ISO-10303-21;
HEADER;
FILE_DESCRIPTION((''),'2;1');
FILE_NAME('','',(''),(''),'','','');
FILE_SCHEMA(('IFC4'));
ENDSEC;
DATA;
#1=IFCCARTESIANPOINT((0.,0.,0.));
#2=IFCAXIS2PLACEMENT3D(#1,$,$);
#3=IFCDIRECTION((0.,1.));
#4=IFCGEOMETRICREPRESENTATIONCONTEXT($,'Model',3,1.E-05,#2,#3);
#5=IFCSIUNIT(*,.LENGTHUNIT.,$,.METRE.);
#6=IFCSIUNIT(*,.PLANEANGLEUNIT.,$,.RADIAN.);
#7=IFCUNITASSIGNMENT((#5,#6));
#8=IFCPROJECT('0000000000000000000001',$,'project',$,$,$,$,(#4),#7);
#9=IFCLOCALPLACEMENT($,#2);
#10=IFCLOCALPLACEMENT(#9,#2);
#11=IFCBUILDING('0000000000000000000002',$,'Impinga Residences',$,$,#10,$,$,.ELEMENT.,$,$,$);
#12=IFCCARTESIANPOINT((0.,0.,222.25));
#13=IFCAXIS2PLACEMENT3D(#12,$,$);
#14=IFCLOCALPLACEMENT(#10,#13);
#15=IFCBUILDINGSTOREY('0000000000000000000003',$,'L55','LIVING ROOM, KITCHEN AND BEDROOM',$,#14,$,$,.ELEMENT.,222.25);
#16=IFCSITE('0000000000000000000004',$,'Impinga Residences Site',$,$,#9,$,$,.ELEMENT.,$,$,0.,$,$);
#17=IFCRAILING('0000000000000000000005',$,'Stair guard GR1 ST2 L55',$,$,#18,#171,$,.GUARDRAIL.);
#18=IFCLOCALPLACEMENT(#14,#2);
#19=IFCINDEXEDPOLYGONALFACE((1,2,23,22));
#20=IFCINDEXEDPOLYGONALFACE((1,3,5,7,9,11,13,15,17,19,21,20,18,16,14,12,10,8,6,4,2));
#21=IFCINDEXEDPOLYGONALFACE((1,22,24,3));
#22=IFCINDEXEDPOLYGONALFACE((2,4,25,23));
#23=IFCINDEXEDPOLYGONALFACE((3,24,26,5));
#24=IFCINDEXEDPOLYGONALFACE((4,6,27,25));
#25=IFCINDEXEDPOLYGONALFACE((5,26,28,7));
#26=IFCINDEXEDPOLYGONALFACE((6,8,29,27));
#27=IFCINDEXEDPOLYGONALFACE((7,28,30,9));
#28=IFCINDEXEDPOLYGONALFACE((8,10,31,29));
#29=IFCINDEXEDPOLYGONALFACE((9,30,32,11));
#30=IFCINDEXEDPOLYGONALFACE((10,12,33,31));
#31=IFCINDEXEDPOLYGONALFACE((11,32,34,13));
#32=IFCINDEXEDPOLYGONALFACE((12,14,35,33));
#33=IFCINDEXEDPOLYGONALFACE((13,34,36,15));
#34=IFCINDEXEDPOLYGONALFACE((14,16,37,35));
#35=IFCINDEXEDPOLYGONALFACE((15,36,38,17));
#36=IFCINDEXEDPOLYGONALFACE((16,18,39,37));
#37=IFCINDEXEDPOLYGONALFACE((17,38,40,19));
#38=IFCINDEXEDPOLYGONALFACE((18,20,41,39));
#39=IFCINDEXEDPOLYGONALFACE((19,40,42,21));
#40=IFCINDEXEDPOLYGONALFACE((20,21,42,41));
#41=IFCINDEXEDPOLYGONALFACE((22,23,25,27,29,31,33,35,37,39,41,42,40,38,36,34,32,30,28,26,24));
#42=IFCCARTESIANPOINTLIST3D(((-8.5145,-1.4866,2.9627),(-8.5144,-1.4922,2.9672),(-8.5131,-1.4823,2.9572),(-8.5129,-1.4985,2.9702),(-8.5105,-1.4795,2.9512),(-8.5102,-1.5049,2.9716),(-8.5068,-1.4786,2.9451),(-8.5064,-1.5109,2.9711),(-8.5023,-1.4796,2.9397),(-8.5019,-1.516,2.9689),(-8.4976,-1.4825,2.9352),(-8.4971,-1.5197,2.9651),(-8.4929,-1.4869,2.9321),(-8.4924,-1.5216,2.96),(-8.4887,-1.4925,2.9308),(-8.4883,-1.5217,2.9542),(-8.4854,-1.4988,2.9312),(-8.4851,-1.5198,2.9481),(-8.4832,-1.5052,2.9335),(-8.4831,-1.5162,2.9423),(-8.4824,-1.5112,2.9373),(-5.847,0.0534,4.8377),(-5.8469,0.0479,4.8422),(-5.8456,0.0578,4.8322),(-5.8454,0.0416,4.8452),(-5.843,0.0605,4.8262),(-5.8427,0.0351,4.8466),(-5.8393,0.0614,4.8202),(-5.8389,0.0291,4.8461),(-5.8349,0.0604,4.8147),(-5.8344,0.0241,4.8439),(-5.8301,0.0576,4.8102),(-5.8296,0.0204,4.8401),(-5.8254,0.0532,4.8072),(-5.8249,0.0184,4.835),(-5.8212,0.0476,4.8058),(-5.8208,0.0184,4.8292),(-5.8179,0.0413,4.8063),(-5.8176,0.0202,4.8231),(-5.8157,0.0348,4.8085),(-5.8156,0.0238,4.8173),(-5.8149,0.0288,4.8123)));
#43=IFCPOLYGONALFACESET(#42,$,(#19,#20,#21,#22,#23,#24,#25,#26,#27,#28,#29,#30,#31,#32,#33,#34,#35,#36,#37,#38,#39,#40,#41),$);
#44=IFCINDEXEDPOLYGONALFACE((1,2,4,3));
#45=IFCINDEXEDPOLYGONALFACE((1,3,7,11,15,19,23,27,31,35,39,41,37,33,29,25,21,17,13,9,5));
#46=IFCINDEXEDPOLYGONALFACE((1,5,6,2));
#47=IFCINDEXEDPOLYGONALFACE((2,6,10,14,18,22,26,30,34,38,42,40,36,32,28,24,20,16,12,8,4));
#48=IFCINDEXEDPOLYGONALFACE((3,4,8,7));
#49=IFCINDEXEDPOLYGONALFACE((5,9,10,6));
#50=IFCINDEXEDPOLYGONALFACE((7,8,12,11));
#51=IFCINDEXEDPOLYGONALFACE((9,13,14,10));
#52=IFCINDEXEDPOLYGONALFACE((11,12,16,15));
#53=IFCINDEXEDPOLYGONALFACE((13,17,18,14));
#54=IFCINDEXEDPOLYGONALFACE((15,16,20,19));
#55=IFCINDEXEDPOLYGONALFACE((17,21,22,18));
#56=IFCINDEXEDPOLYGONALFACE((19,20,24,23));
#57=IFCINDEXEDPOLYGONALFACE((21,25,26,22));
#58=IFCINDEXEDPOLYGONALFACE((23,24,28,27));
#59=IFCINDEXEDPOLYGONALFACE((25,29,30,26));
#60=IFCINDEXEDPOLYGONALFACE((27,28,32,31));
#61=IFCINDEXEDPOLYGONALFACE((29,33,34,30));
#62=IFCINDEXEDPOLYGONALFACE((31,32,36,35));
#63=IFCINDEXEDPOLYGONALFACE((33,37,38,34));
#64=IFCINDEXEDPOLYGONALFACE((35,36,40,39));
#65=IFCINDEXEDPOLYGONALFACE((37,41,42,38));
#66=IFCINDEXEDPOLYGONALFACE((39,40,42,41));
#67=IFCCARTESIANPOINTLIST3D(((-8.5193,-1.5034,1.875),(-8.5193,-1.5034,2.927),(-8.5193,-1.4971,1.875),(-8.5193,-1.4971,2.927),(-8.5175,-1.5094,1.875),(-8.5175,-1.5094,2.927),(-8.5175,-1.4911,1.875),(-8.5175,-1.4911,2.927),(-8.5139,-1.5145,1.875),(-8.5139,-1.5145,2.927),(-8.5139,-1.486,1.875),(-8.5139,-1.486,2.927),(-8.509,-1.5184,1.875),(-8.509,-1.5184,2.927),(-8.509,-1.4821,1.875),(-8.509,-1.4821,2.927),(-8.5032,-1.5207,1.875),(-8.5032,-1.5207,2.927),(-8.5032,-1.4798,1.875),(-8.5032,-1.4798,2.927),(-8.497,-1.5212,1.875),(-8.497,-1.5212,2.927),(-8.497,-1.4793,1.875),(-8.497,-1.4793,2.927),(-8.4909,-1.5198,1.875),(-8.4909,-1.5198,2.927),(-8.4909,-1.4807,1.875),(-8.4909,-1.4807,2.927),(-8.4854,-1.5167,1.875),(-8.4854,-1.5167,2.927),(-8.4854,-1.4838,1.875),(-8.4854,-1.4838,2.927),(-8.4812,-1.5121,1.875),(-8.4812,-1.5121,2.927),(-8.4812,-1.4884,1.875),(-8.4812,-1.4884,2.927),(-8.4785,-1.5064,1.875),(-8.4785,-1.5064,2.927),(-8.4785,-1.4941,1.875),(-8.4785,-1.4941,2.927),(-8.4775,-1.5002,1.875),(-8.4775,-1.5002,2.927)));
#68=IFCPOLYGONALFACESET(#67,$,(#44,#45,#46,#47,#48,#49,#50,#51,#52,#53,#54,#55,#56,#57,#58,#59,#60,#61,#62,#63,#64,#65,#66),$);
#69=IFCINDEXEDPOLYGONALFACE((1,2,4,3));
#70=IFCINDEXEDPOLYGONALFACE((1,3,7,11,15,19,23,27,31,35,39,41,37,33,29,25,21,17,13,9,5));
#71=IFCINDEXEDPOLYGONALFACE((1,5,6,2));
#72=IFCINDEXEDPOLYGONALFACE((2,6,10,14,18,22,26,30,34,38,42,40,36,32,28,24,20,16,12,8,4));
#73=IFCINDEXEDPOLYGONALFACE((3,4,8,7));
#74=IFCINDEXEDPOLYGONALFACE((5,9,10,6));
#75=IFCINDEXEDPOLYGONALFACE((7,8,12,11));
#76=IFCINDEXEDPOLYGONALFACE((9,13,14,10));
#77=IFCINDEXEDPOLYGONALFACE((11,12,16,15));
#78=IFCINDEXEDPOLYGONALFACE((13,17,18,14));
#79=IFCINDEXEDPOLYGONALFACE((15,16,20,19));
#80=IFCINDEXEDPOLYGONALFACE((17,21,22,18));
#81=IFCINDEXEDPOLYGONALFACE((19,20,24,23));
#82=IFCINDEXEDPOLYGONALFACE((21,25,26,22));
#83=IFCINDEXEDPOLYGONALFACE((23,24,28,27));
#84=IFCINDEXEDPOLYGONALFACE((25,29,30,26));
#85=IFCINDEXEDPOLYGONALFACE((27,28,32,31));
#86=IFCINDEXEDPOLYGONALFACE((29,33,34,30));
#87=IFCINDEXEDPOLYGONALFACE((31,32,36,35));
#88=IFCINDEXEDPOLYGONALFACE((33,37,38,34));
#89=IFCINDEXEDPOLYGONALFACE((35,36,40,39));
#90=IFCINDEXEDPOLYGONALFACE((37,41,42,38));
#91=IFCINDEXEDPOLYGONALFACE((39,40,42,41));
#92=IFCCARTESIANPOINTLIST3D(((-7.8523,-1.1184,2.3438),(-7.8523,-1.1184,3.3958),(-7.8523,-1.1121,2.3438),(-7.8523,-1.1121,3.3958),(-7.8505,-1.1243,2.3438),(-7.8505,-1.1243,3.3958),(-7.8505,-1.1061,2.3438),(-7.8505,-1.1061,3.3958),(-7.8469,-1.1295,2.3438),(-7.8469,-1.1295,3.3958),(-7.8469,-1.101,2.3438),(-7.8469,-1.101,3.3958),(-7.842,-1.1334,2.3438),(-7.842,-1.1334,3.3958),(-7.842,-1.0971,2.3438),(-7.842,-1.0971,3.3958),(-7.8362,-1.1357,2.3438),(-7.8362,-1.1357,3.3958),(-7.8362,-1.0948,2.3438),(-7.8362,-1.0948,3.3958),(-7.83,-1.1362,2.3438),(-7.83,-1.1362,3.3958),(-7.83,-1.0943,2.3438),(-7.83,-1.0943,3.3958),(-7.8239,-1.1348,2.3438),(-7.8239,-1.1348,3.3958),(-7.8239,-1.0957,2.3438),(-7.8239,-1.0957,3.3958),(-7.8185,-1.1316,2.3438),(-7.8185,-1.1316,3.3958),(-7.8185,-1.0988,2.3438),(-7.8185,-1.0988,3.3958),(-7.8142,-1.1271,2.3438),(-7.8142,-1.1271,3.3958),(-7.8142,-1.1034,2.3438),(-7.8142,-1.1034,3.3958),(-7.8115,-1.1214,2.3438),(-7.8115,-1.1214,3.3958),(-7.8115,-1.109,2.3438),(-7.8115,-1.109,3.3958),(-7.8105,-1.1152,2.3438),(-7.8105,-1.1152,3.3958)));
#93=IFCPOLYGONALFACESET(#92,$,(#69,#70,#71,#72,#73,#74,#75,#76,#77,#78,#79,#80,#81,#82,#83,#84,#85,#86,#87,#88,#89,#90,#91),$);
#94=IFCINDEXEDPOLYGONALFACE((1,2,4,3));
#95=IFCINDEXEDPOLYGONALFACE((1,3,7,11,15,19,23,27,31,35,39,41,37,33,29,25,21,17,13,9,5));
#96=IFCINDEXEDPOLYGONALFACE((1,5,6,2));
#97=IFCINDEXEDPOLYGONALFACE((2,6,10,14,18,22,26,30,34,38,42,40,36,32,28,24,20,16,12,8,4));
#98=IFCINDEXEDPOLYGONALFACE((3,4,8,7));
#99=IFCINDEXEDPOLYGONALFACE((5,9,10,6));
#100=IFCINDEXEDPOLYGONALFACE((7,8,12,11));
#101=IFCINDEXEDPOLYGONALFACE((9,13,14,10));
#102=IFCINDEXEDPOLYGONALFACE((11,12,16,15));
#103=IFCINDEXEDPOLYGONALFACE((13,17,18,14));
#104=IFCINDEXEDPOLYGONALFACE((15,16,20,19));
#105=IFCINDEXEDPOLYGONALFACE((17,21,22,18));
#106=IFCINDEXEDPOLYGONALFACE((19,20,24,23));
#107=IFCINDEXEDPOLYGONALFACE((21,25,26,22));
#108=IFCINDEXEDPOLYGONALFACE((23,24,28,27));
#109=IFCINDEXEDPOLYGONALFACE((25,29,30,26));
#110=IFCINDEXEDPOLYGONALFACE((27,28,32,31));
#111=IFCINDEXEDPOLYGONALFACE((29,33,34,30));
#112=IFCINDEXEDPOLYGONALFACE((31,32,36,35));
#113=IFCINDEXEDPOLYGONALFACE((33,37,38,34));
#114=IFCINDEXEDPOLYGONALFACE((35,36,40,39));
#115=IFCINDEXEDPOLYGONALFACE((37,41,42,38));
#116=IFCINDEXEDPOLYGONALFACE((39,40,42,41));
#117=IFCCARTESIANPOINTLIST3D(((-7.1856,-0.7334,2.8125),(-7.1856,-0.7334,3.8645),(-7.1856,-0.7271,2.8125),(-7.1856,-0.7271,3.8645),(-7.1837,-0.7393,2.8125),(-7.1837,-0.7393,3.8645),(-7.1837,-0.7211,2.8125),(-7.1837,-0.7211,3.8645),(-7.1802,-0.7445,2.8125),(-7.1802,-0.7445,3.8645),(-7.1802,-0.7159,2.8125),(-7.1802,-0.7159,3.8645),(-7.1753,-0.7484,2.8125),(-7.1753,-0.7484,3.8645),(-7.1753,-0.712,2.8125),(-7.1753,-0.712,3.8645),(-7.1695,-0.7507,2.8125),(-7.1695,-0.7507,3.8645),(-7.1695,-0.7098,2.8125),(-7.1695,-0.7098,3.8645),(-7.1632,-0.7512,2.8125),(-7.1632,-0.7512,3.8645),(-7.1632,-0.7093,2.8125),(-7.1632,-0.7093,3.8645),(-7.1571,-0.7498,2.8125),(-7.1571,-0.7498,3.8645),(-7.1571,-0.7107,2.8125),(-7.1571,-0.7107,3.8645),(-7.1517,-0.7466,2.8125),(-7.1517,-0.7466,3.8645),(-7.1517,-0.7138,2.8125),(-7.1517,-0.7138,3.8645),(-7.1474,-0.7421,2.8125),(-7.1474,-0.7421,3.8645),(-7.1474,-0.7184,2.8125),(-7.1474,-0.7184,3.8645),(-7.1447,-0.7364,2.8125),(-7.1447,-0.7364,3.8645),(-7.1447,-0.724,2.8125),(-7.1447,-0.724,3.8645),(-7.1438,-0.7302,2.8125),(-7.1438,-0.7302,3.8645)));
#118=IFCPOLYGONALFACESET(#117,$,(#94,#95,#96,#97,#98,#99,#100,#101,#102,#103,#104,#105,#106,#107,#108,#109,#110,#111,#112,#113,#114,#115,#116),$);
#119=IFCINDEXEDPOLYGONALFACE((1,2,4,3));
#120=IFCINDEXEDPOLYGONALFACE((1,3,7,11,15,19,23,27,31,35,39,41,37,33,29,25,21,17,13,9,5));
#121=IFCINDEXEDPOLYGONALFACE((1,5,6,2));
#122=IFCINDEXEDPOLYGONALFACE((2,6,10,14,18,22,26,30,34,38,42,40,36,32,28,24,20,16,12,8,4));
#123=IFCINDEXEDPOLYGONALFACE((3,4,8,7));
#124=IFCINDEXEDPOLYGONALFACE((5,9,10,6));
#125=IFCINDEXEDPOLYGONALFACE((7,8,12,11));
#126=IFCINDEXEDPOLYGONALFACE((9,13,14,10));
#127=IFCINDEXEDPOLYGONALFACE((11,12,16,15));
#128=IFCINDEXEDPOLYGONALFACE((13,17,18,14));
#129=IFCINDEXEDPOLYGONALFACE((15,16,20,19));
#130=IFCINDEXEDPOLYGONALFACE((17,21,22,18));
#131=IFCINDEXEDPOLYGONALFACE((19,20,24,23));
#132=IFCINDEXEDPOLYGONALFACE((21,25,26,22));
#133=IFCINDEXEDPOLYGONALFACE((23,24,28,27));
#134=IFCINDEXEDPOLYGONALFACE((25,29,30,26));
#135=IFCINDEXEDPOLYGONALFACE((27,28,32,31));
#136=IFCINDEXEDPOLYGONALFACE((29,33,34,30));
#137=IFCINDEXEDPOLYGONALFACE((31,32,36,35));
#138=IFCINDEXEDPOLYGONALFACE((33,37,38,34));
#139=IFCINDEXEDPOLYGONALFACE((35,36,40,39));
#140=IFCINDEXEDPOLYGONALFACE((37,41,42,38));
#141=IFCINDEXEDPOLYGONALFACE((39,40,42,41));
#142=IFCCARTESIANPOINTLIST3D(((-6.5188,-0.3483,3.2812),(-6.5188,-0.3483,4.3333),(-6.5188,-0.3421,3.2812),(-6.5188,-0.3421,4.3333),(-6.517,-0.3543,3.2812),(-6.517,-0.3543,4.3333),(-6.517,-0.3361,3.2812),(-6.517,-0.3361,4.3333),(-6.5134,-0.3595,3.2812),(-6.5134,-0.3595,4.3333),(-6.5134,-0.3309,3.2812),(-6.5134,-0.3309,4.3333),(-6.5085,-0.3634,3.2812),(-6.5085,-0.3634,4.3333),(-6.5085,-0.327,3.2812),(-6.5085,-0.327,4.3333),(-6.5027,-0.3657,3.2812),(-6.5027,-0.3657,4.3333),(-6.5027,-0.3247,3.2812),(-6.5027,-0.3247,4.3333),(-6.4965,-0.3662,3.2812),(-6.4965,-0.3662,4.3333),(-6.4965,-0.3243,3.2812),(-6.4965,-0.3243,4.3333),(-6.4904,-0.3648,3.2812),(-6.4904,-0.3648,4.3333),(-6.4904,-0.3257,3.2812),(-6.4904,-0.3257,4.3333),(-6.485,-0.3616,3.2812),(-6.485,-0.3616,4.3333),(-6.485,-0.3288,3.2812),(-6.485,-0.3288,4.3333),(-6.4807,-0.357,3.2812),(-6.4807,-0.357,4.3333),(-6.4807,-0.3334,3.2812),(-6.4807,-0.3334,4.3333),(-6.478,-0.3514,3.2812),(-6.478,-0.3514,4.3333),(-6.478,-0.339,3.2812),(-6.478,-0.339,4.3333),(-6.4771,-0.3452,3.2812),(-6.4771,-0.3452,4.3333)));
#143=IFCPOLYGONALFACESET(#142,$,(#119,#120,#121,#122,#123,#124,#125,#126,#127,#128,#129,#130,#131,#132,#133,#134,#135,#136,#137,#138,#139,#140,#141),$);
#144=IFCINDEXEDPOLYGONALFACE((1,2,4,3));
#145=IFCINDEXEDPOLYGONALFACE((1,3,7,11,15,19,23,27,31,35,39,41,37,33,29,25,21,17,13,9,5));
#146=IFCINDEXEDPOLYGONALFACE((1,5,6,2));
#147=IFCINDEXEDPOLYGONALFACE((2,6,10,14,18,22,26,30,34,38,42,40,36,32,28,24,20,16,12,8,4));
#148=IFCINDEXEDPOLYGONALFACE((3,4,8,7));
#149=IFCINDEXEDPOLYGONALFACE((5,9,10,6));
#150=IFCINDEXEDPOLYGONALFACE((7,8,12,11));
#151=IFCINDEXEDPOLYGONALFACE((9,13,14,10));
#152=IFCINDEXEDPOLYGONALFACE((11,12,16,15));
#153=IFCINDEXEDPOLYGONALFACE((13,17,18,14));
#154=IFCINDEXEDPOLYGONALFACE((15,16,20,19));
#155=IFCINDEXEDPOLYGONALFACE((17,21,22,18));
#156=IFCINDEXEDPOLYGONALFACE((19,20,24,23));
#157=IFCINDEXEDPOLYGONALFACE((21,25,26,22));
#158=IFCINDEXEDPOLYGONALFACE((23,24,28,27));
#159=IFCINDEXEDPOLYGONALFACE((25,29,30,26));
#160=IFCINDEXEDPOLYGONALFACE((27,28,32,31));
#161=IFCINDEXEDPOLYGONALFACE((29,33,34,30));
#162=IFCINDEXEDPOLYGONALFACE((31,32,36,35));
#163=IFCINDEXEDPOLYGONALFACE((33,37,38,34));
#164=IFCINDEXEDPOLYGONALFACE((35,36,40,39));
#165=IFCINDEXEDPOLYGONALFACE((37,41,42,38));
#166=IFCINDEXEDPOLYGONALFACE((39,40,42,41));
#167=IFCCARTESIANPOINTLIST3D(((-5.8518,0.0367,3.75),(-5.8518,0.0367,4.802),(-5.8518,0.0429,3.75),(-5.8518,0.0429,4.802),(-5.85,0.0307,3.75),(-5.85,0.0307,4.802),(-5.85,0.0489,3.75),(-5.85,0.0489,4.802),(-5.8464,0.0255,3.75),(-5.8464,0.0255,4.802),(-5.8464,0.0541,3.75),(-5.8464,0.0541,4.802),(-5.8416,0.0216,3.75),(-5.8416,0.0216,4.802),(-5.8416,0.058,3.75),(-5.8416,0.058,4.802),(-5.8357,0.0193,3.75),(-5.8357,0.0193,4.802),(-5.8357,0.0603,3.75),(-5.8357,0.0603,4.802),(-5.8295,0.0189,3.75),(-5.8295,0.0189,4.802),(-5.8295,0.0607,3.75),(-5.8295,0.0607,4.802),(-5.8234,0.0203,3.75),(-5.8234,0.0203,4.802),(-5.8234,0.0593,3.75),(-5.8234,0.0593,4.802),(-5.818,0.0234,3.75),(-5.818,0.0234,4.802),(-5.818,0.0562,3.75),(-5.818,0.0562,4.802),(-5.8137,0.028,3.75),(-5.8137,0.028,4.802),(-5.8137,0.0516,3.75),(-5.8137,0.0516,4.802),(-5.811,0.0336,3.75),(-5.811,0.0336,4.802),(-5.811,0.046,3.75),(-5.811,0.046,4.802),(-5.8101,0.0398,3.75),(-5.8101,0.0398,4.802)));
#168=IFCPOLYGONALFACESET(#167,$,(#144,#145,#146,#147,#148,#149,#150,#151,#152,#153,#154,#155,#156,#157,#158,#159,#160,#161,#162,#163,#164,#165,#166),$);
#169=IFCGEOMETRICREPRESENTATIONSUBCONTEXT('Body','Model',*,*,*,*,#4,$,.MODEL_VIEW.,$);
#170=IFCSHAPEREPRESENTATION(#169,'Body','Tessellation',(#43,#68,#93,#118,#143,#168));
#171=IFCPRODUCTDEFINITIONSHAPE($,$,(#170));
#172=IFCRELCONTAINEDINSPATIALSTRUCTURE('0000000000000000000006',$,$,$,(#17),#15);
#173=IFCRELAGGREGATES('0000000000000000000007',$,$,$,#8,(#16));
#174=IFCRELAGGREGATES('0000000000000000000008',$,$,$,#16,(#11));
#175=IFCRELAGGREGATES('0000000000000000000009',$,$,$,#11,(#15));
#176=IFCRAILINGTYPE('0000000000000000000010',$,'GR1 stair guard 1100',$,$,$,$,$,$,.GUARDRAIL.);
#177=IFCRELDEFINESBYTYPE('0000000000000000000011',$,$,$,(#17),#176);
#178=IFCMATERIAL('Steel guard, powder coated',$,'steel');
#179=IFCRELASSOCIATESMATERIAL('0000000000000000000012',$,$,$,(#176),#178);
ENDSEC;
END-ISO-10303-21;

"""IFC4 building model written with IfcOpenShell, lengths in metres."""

from ifc_helpers import new_model, si_unit, direction, frame, origin, origin_2d, place, context, subcontext, project, spatial, circle, extrude, material, type_object, element, save


model = new_model("IFC4")

# Units and contexts
model_context = context("Model", 3, precision=1e-05, world=origin(), true_north=direction((0.0, 1.0)))
body_context = subcontext(model_context, "Body", "Model", "MODEL_VIEW")
ifc_project = project(units=[si_unit("LENGTHUNIT", "METRE"), si_unit("PLANEANGLEUNIT", "RADIAN")], contexts=[model_context])

# Site, building, storey
site_placement = place(None, origin())
site = spatial("IfcSite", under=ifc_project, at=site_placement, Name="Impinga Residences Site", CompositionType="ELEMENT", RefElevation=0.0)
building_placement = place(site_placement, origin())
building = spatial("IfcBuilding", under=site, at=building_placement, Name="Impinga Residences", CompositionType="ELEMENT")
storey_placement = place(building_placement, frame((0.0, 0.0, 222.25)))
storey = spatial("IfcBuildingStorey", under=building, at=storey_placement, Name="L55", Description="LIVING ROOM, KITCHEN AND BEDROOM", CompositionType="ELEMENT", Elevation=222.25)

# Railing
ifc_material_1 = material(Name="Steel guard, powder coated", Category="steel")
railing_type_1 = type_object("IfcRailingType", Name="GR1 stair guard 1100", PredefinedType="GUARDRAIL", material=ifc_material_1)
railing_1_placement = place(storey_placement, frame((-8.4985, -1.5002, 1.875)))
element("IfcRailing", 1, at=railing_1_placement, inside=storey, type_object=railing_type_1, Name="Stair guard GR1 ST2 L55", PredefinedType="GUARDRAIL", context=body_context, shape_type="SweptSolid", body=[
    extrude(circle(Radius=0.0239, at=origin_2d()), frame((0.0, 0.0, 1.0762), z_axis=(0.739746, 0.427084, 0.519975), x_axis=(-0.499992, 0.86603, 0.0)), (0.0, 0.0, 1.0), 3.606),
    extrude(circle(Radius=0.021, at=origin_2d()), origin(), (0.0, 0.0, 1.0), 1.052),
    extrude(circle(Radius=0.021, at=origin_2d()), frame((0.667, 0.385, 0.4688)), (0.0, 0.0, 1.0), 1.052),
    extrude(circle(Radius=0.021, at=origin_2d()), frame((1.3337, 0.77, 0.9375)), (0.0, 0.0, 1.0), 1.052),
    extrude(circle(Radius=0.021, at=origin_2d()), frame((2.0005, 1.155, 1.4062)), (0.0, 0.0, 1.0), 1.052),
    extrude(circle(Radius=0.021, at=origin_2d()), frame((2.6675, 1.54, 1.875)), (0.0, 0.0, 1.0), 1.052),
])

save(model, "model.ifc")
